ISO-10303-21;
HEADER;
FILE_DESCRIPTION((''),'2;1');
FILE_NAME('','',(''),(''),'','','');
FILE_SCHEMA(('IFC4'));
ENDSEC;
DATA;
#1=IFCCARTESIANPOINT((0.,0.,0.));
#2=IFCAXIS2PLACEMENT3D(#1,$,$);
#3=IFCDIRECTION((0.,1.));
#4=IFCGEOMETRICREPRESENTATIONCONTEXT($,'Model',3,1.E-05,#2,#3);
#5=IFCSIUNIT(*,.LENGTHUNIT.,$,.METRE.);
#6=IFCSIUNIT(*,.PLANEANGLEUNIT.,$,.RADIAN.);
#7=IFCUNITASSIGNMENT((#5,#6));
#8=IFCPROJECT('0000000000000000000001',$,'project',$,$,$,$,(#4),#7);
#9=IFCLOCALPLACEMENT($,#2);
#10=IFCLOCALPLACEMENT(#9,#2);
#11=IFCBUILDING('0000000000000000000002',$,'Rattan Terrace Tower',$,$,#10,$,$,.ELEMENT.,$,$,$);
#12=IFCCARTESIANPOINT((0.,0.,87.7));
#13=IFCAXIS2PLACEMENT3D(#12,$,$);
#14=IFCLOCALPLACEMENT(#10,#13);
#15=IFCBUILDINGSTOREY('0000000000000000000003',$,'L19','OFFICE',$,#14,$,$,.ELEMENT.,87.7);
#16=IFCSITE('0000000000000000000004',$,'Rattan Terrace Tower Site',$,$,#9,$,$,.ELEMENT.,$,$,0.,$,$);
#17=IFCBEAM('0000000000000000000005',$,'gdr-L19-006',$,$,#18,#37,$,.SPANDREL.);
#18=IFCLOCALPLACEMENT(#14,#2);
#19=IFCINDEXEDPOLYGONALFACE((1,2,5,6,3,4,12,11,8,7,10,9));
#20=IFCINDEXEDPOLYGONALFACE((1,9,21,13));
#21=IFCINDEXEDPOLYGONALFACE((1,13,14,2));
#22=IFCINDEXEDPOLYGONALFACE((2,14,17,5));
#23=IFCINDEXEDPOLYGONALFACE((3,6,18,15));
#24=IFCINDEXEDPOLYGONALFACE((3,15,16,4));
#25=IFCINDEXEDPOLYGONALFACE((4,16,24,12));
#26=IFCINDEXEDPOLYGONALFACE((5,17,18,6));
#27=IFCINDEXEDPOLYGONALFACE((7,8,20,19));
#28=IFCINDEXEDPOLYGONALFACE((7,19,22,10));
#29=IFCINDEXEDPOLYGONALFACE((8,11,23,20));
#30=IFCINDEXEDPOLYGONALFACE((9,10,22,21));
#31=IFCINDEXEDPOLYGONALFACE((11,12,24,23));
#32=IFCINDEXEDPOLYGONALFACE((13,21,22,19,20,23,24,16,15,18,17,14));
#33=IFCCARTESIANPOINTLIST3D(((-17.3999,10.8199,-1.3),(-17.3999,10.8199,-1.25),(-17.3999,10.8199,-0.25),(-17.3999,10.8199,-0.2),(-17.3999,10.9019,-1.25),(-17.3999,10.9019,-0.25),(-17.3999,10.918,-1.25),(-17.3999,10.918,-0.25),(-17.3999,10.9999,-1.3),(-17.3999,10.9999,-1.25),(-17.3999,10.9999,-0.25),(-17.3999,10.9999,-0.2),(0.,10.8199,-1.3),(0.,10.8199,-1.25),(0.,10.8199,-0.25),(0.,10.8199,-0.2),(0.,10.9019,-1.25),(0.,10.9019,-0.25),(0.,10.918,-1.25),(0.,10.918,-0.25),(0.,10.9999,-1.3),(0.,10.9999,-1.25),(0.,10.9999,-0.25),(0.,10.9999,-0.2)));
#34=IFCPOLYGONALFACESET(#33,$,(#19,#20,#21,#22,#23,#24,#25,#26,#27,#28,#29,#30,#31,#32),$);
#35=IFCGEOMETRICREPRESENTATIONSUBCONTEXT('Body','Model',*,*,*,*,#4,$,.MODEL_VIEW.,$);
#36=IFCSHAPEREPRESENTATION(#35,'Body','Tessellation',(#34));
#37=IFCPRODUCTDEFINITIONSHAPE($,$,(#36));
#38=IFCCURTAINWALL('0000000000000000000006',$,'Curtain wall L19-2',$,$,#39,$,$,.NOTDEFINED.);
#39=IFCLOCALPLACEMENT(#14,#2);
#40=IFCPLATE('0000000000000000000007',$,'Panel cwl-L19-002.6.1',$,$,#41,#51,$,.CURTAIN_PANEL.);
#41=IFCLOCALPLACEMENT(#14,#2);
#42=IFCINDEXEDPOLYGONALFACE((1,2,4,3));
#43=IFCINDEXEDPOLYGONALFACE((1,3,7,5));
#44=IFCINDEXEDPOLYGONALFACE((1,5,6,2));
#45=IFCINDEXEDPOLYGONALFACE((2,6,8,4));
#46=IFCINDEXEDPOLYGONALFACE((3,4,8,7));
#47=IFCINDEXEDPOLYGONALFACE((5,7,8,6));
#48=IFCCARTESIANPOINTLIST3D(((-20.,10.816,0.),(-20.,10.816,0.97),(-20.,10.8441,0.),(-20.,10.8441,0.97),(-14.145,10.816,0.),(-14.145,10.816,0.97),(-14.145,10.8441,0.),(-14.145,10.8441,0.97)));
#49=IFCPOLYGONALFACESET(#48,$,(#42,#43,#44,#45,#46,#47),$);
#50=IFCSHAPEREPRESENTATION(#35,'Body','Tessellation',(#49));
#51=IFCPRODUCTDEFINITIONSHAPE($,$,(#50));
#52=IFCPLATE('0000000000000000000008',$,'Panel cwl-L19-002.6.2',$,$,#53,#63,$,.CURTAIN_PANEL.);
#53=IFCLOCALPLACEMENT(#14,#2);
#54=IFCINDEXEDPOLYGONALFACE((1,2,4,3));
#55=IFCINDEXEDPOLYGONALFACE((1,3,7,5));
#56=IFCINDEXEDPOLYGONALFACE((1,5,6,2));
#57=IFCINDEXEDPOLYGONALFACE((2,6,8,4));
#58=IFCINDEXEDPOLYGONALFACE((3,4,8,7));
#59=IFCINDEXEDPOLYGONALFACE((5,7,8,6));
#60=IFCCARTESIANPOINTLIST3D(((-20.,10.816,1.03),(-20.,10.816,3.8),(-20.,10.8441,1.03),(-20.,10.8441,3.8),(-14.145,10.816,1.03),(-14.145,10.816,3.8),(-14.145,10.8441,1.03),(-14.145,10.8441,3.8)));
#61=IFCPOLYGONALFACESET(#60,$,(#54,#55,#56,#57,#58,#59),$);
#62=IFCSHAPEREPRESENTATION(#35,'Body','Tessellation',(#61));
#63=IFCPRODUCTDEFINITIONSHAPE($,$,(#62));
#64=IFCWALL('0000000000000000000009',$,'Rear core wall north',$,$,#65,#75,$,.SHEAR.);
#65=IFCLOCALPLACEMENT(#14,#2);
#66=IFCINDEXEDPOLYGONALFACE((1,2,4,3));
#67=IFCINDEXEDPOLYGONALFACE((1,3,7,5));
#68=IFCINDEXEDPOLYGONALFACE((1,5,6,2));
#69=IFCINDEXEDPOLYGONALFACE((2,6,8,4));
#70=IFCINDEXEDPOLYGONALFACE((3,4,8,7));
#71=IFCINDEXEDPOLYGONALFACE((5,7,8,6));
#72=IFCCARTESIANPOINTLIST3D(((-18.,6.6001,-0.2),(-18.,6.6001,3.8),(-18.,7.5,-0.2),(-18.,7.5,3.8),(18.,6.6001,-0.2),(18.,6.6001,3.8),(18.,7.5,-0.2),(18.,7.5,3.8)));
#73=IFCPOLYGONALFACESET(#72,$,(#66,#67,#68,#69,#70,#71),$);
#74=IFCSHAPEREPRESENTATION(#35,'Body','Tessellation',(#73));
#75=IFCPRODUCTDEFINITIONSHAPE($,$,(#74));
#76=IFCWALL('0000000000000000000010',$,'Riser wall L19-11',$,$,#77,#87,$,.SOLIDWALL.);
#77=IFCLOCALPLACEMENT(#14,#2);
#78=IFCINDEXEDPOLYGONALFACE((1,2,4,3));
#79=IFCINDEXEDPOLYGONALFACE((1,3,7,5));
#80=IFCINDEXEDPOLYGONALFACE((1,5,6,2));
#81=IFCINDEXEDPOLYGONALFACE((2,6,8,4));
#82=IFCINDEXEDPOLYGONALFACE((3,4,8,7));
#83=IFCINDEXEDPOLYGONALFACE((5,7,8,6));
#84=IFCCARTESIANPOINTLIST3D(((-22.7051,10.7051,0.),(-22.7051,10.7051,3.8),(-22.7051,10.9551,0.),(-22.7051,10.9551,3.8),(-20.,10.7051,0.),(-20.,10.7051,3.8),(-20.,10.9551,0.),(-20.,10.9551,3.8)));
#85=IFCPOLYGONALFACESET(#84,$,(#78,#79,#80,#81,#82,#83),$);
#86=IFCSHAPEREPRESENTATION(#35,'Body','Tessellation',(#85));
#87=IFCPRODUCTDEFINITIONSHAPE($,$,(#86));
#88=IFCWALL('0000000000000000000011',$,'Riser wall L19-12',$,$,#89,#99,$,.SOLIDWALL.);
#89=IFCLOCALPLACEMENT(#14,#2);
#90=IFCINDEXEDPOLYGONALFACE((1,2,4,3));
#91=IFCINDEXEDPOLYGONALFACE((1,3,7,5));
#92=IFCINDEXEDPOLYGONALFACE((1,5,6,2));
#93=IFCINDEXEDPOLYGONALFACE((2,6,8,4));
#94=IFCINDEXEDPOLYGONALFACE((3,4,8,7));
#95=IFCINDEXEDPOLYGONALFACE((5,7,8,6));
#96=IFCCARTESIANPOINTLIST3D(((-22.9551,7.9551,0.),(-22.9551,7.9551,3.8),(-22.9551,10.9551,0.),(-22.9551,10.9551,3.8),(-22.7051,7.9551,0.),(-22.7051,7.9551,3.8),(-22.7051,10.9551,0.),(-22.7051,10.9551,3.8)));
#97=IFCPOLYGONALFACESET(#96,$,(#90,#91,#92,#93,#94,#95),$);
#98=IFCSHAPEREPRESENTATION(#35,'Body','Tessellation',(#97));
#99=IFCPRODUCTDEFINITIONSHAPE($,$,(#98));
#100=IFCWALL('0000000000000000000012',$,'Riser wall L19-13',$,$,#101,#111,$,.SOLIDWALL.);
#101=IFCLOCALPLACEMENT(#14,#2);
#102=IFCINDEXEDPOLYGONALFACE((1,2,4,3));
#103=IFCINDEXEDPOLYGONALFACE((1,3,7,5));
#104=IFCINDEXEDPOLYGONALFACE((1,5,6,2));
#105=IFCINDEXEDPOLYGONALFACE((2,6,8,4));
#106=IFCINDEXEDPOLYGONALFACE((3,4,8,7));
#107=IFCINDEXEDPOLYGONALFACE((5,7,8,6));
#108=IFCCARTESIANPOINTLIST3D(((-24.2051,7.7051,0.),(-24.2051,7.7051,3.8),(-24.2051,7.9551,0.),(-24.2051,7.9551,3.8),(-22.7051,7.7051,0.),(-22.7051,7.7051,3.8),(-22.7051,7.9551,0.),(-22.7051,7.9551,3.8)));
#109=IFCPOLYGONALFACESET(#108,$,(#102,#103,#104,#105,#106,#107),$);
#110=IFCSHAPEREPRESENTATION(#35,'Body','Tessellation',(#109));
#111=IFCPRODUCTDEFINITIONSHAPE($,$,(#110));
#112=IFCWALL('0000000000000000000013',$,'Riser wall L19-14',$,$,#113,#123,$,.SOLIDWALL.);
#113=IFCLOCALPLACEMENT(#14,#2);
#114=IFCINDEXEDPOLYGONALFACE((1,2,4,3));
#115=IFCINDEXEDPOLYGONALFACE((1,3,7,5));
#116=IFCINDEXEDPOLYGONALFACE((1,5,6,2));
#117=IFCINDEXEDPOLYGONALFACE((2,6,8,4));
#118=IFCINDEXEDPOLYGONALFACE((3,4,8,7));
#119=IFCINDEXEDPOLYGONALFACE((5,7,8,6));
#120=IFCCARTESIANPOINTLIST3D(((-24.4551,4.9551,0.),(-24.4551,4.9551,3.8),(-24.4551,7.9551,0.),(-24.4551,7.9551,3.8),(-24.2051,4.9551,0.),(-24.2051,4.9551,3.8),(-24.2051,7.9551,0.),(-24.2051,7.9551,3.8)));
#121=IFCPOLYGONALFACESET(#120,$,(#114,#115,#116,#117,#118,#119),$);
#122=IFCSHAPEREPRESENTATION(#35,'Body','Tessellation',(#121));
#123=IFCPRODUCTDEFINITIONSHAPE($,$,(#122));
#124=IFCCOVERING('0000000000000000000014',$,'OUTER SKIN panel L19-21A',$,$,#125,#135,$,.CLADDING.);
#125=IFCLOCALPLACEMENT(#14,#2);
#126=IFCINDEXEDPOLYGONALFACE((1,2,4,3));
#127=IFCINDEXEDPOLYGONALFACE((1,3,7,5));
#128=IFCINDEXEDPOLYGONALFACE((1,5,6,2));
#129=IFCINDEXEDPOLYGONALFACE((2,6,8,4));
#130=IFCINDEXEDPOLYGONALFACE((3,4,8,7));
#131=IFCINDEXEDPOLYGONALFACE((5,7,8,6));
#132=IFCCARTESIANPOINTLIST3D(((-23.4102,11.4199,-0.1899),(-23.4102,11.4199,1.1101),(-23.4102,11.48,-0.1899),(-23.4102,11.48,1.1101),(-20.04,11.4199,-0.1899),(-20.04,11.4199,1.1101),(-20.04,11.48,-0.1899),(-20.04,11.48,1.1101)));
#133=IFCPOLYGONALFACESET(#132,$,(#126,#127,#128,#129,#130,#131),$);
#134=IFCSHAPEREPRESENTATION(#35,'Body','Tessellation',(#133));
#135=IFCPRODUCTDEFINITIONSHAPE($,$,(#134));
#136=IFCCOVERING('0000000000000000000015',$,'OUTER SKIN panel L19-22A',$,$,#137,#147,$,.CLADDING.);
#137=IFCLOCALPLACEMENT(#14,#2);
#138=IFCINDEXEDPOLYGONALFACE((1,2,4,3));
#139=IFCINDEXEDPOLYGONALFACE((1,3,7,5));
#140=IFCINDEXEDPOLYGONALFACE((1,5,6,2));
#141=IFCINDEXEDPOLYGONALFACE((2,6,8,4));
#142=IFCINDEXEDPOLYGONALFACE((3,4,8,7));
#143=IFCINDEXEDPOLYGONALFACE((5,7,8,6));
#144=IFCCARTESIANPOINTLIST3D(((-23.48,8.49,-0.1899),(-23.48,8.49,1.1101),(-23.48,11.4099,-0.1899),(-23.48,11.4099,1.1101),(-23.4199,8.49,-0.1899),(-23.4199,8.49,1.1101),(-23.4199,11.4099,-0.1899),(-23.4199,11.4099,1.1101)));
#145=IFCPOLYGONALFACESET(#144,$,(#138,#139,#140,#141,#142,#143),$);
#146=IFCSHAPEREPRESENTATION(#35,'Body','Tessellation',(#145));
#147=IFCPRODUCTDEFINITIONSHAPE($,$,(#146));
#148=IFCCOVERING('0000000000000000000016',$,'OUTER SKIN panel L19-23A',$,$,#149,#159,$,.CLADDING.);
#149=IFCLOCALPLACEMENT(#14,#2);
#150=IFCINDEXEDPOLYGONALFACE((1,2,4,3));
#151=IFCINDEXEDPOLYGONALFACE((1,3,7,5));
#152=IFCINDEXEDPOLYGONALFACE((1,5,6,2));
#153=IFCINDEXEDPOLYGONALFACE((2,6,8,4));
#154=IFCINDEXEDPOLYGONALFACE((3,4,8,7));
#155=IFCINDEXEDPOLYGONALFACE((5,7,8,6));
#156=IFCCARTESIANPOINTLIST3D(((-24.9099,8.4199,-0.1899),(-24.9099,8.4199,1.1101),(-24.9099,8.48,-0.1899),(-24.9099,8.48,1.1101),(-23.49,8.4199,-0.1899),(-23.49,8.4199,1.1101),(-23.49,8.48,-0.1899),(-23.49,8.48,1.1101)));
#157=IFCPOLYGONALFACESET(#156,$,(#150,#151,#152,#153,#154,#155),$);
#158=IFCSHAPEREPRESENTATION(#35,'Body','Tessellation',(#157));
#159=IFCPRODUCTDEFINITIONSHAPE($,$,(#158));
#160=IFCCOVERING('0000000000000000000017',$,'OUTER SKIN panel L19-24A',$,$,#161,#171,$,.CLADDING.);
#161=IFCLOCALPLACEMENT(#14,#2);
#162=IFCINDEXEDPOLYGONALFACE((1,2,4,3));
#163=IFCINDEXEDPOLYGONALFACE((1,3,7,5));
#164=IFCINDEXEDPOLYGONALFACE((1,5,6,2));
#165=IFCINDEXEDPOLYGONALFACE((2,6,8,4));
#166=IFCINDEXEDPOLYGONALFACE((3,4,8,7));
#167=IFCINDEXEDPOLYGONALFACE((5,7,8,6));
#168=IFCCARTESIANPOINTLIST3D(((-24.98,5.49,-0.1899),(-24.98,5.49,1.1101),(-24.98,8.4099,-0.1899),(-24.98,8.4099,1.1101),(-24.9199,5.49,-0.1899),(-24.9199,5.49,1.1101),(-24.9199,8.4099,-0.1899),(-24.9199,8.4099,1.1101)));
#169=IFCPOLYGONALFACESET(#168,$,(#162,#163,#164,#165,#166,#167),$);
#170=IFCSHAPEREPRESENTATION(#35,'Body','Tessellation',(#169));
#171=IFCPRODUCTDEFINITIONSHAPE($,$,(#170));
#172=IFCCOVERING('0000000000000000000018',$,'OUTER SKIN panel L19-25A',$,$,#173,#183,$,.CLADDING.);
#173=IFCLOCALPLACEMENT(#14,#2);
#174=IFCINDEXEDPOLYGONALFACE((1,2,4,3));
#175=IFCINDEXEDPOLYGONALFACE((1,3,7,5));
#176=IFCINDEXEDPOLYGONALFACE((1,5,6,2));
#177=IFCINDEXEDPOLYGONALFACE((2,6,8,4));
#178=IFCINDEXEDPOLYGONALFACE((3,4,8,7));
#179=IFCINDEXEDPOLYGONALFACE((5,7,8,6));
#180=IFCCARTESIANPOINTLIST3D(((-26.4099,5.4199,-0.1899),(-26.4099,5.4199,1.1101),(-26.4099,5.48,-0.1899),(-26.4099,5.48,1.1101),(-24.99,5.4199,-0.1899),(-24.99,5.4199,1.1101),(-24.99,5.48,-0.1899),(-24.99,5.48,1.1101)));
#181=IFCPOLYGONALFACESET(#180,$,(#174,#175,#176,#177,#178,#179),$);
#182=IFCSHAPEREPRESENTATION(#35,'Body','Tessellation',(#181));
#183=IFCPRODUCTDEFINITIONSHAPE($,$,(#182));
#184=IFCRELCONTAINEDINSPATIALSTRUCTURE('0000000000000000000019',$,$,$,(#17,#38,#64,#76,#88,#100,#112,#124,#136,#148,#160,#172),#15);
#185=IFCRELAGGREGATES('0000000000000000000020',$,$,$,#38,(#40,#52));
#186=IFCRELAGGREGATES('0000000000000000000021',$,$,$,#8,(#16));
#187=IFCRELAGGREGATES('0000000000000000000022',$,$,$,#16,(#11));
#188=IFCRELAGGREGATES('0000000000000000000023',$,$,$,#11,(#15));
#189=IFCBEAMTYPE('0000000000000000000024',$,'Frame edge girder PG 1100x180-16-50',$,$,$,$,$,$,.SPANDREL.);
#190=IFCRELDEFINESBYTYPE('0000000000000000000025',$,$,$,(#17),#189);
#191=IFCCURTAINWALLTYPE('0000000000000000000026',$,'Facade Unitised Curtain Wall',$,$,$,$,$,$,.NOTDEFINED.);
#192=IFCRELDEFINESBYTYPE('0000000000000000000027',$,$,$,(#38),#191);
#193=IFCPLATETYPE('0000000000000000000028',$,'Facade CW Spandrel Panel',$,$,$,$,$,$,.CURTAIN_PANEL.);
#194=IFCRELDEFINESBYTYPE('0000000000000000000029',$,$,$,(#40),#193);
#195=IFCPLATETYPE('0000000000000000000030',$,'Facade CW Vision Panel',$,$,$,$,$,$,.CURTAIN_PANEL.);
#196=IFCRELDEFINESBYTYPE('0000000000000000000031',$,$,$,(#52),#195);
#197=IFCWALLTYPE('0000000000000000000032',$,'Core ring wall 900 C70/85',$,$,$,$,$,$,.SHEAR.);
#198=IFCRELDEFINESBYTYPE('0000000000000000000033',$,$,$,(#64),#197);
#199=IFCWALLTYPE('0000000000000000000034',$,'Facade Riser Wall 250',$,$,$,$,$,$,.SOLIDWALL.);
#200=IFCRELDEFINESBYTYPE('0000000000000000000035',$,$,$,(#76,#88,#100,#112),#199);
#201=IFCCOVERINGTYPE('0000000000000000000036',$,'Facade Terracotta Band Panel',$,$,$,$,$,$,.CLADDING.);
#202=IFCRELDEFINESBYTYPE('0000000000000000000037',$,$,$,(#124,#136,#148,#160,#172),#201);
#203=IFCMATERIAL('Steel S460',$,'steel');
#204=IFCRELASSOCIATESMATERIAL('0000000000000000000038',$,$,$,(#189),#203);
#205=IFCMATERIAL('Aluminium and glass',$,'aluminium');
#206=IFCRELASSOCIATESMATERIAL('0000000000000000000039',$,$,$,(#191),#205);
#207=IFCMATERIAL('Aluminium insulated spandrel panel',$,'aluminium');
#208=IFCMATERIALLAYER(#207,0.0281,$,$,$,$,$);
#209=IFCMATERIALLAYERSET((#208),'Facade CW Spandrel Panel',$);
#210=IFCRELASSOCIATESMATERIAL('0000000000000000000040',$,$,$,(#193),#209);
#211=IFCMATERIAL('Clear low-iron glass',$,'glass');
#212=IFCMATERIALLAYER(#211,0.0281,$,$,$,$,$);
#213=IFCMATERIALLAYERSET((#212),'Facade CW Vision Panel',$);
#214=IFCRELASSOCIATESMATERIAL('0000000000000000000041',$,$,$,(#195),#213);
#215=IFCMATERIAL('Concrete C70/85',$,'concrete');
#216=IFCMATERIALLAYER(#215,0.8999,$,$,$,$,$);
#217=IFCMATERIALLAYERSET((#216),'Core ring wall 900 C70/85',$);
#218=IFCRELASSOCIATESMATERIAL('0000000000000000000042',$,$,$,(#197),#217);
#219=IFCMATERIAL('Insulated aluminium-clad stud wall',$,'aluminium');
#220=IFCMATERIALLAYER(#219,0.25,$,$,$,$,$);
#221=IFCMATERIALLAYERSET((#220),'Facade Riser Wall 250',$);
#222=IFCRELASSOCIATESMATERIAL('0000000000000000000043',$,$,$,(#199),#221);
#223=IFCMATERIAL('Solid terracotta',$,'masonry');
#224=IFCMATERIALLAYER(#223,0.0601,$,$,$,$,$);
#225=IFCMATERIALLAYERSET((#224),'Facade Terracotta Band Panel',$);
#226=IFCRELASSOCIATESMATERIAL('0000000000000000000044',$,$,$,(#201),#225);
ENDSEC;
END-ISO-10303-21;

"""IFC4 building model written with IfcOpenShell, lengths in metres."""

from ifc_helpers import new_model, si_unit, direction, frame, frame_2d, origin, origin_2d, place, context, subcontext, project, spatial, rectangle, i_section, extrude, material, layer, layer_set, material_profile, profile_set, type_object, element, aggregate, save


model = new_model("IFC4")

# Units and contexts
model_context = context("Model", 3, precision=1e-05, world=origin(), true_north=direction((0.0, 1.0)))
body_context = subcontext(model_context, "Body", "Model", "MODEL_VIEW")
ifc_project = project(units=[si_unit("LENGTHUNIT", "METRE"), si_unit("PLANEANGLEUNIT", "RADIAN")], contexts=[model_context])

# Site, building, storey
site_placement = place(None, origin())
site = spatial("IfcSite", under=ifc_project, at=site_placement, Name="Rattan Terrace Tower Site", CompositionType="ELEMENT", RefElevation=0.0)
building_placement = place(site_placement, origin())
building = spatial("IfcBuilding", under=site, at=building_placement, Name="Rattan Terrace Tower", CompositionType="ELEMENT")
storey_placement = place(building_placement, frame((0.0, 0.0, 87.7)))
storey = spatial("IfcBuildingStorey", under=building, at=storey_placement, Name="L19", Description="OFFICE", CompositionType="ELEMENT", Elevation=87.7)

# Beam
ifc_material_1 = material(Name="Steel S460", Category="steel")
ifc_material_profile = material_profile(ifc_material_1, i_section(OverallWidth=0.1799, OverallDepth=1.1001, WebThickness=0.0161, FlangeThickness=0.05, at=origin_2d()), Name="PG 1100x180-16-50")
ifc_profile_set = profile_set([ifc_material_profile], Name="Steel S460")
beam_type = type_object("IfcBeamType", Name="Frame edge girder PG 1100x180-16-50", PredefinedType="SPANDREL", material=ifc_profile_set)
beam_placement = place(storey_placement, frame((-17.3999, 10.9099, -0.75), z_axis=(1.0, 0.0, 0.0), x_axis=(0.0, 1.0, 0.0)))
element("IfcBeam", 1, at=beam_placement, inside=storey, type_object=beam_type, Name="gdr-L19-006", PredefinedType="SPANDREL", context=body_context, shape_type="SweptSolid", body=[
    extrude(i_section(OverallWidth=0.1799, OverallDepth=1.1001, WebThickness=0.0161, FlangeThickness=0.05, at=origin_2d()), origin(), (0.0, 0.0, 1.0), 17.3999),
])

# Curtain wall, plates
ifc_material_2 = material(Name="Aluminium and glass", Category="aluminium")
curtain_wall_type = type_object("IfcCurtainWallType", Name="Facade Unitised Curtain Wall", PredefinedType="NOTDEFINED", material=ifc_material_2)
curtain_wall_placement = place(storey_placement, origin())
curtain_wall = element("IfcCurtainWall", 2, at=curtain_wall_placement, inside=storey, type_object=curtain_wall_type, Name="Curtain wall L19-2", PredefinedType="NOTDEFINED")
ifc_material_3 = material(Name="Aluminium insulated spandrel panel", Category="aluminium")
ifc_layer_1 = layer(ifc_material_3, 0.0281)
ifc_layer_set_1 = layer_set([ifc_layer_1], Name="Facade CW Spandrel Panel")
plate_type_1 = type_object("IfcPlateType", Name="Facade CW Spandrel Panel", PredefinedType="CURTAIN_PANEL", material=ifc_layer_set_1)
plate_1_placement = place(storey_placement, frame((-17.0725, 10.8301, 0.0), z_axis=(0.0, 0.0, 1.0), x_axis=(-1.0, 0.0, 0.0)))
plate_1 = element("IfcPlate", 3, at=plate_1_placement, type_object=plate_type_1, Name="Panel cwl-L19-002.6.1", PredefinedType="CURTAIN_PANEL", context=body_context, shape_type="SweptSolid", body=[
    extrude(rectangle(XDim=5.855, YDim=0.0281, at=origin_2d()), origin(), (0.0, 0.0, 1.0), 0.97),
])
ifc_material_4 = material(Name="Clear low-iron glass", Category="glass")
ifc_layer_2 = layer(ifc_material_4, 0.0281)
ifc_layer_set_2 = layer_set([ifc_layer_2], Name="Facade CW Vision Panel")
plate_type_2 = type_object("IfcPlateType", Name="Facade CW Vision Panel", PredefinedType="CURTAIN_PANEL", material=ifc_layer_set_2)
plate_2_placement = place(storey_placement, frame((-17.0725, 10.8301, 1.03), z_axis=(0.0, 0.0, 1.0), x_axis=(-1.0, 0.0, 0.0)))
plate_2 = element("IfcPlate", 4, at=plate_2_placement, type_object=plate_type_2, Name="Panel cwl-L19-002.6.2", PredefinedType="CURTAIN_PANEL", context=body_context, shape_type="SweptSolid", body=[
    extrude(rectangle(XDim=5.855, YDim=0.0281, at=origin_2d()), origin(), (0.0, 0.0, 1.0), 2.77),
])
aggregate(curtain_wall, [plate_1, plate_2])

# Walls
ifc_material_5 = material(Name="Concrete C70/85", Category="concrete")
ifc_layer_3 = layer(ifc_material_5, 0.8999)
ifc_layer_set_3 = layer_set([ifc_layer_3], Name="Core ring wall 900 C70/85")
wall_type_1 = type_object("IfcWallType", Name="Core ring wall 900 C70/85", PredefinedType="SHEAR", material=ifc_layer_set_3)
wall_1_placement = place(storey_placement, frame((-18.0, 7.05, -0.2), z_axis=(0.0, 0.0, 1.0), x_axis=(1.0, 0.0, 0.0)))
element("IfcWall", 5, at=wall_1_placement, inside=storey, type_object=wall_type_1, Name="Rear core wall north", PredefinedType="SHEAR", context=body_context, shape_type="SweptSolid", body=[
    extrude(rectangle(XDim=36.0, YDim=0.8999, at=frame_2d((18.0, 0.0))), origin(), (0.0, 0.0, 1.0), 4.0),
])
ifc_material_6 = material(Name="Insulated aluminium-clad stud wall", Category="aluminium")
ifc_layer_4 = layer(ifc_material_6, 0.25)
ifc_layer_set_4 = layer_set([ifc_layer_4], Name="Facade Riser Wall 250")
wall_type_2 = type_object("IfcWallType", Name="Facade Riser Wall 250", PredefinedType="SOLIDWALL", material=ifc_layer_set_4)
wall_2_placement = place(storey_placement, frame((-20.0, 10.8301, 0.0), z_axis=(0.0, 0.0, 1.0), x_axis=(-1.0, 0.0, 0.0)))
element("IfcWall", 6, at=wall_2_placement, inside=storey, type_object=wall_type_2, Name="Riser wall L19-11", PredefinedType="SOLIDWALL", context=body_context, shape_type="SweptSolid", body=[
    extrude(rectangle(XDim=2.7051, YDim=0.25, at=frame_2d((1.3525, 0.0))), origin(), (0.0, 0.0, 1.0), 3.8),
])
wall_3_placement = place(storey_placement, frame((-22.8301, 10.9551, 0.0), z_axis=(0.0, 0.0, 1.0), x_axis=(0.0, -1.0, 0.0)))
element("IfcWall", 7, at=wall_3_placement, inside=storey, type_object=wall_type_2, Name="Riser wall L19-12", PredefinedType="SOLIDWALL", context=body_context, shape_type="SweptSolid", body=[
    extrude(rectangle(XDim=3.0, YDim=0.25, at=frame_2d((1.5, 0.0))), origin(), (0.0, 0.0, 1.0), 3.8),
])
wall_4_placement = place(storey_placement, frame((-22.7051, 7.8301, 0.0), z_axis=(0.0, 0.0, 1.0), x_axis=(-1.0, 0.0, 0.0)))
element("IfcWall", 8, at=wall_4_placement, inside=storey, type_object=wall_type_2, Name="Riser wall L19-13", PredefinedType="SOLIDWALL", context=body_context, shape_type="SweptSolid", body=[
    extrude(rectangle(XDim=1.5, YDim=0.25, at=frame_2d((0.75, 0.0))), origin(), (0.0, 0.0, 1.0), 3.8),
])
wall_5_placement = place(storey_placement, frame((-24.3301, 7.9551, 0.0), z_axis=(0.0, 0.0, 1.0), x_axis=(0.0, -1.0, 0.0)))
element("IfcWall", 9, at=wall_5_placement, inside=storey, type_object=wall_type_2, Name="Riser wall L19-14", PredefinedType="SOLIDWALL", context=body_context, shape_type="SweptSolid", body=[
    extrude(rectangle(XDim=3.0, YDim=0.25, at=frame_2d((1.5, 0.0))), origin(), (0.0, 0.0, 1.0), 3.8),
])

# Coverings
ifc_material_7 = material(Name="Solid terracotta", Category="masonry")
ifc_layer_5 = layer(ifc_material_7, 0.0601)
ifc_layer_set_5 = layer_set([ifc_layer_5], Name="Facade Terracotta Band Panel")
covering_type_1 = type_object("IfcCoveringType", Name="Facade Terracotta Band Panel", PredefinedType="CLADDING", material=ifc_layer_set_5)
covering_1_placement = place(storey_placement, frame((-21.7251, 11.45, -0.1899), z_axis=(0.0, 0.0, 1.0), x_axis=(-1.0, 0.0, 0.0)))
element("IfcCovering", 10, at=covering_1_placement, inside=storey, type_object=covering_type_1, Name="OUTER SKIN panel L19-21A", PredefinedType="CLADDING", context=body_context, shape_type="SweptSolid", body=[
    extrude(rectangle(XDim=3.3701, YDim=0.0601, at=origin_2d()), origin(), (0.0, 0.0, 1.0), 1.3),
])
covering_2_placement = place(storey_placement, frame((-23.45, 9.95, -0.1899), z_axis=(0.0, 0.0, 1.0), x_axis=(0.0, -1.0, 0.0)))
element("IfcCovering", 11, at=covering_2_placement, inside=storey, type_object=covering_type_1, Name="OUTER SKIN panel L19-22A", PredefinedType="CLADDING", context=body_context, shape_type="SweptSolid", body=[
    extrude(rectangle(XDim=2.9199, YDim=0.0601, at=origin_2d()), origin(), (0.0, 0.0, 1.0), 1.3),
])
covering_3_placement = place(storey_placement, frame((-24.2, 8.45, -0.1899), z_axis=(0.0, 0.0, 1.0), x_axis=(-1.0, 0.0, 0.0)))
element("IfcCovering", 12, at=covering_3_placement, inside=storey, type_object=covering_type_1, Name="OUTER SKIN panel L19-23A", PredefinedType="CLADDING", context=body_context, shape_type="SweptSolid", body=[
    extrude(rectangle(XDim=1.4199, YDim=0.0601, at=origin_2d()), origin(), (0.0, 0.0, 1.0), 1.3),
])
covering_4_placement = place(storey_placement, frame((-24.95, 6.95, -0.1899), z_axis=(0.0, 0.0, 1.0), x_axis=(0.0, -1.0, 0.0)))
element("IfcCovering", 13, at=covering_4_placement, inside=storey, type_object=covering_type_1, Name="OUTER SKIN panel L19-24A", PredefinedType="CLADDING", context=body_context, shape_type="SweptSolid", body=[
    extrude(rectangle(XDim=2.9199, YDim=0.0601, at=origin_2d()), origin(), (0.0, 0.0, 1.0), 1.3),
])
covering_5_placement = place(storey_placement, frame((-25.7, 5.45, -0.1899), z_axis=(0.0, 0.0, 1.0), x_axis=(-1.0, 0.0, 0.0)))
element("IfcCovering", 14, at=covering_5_placement, inside=storey, type_object=covering_type_1, Name="OUTER SKIN panel L19-25A", PredefinedType="CLADDING", context=body_context, shape_type="SweptSolid", body=[
    extrude(rectangle(XDim=1.4199, YDim=0.0601, at=origin_2d()), origin(), (0.0, 0.0, 1.0), 1.3),
])

save(model, "model.ifc")
